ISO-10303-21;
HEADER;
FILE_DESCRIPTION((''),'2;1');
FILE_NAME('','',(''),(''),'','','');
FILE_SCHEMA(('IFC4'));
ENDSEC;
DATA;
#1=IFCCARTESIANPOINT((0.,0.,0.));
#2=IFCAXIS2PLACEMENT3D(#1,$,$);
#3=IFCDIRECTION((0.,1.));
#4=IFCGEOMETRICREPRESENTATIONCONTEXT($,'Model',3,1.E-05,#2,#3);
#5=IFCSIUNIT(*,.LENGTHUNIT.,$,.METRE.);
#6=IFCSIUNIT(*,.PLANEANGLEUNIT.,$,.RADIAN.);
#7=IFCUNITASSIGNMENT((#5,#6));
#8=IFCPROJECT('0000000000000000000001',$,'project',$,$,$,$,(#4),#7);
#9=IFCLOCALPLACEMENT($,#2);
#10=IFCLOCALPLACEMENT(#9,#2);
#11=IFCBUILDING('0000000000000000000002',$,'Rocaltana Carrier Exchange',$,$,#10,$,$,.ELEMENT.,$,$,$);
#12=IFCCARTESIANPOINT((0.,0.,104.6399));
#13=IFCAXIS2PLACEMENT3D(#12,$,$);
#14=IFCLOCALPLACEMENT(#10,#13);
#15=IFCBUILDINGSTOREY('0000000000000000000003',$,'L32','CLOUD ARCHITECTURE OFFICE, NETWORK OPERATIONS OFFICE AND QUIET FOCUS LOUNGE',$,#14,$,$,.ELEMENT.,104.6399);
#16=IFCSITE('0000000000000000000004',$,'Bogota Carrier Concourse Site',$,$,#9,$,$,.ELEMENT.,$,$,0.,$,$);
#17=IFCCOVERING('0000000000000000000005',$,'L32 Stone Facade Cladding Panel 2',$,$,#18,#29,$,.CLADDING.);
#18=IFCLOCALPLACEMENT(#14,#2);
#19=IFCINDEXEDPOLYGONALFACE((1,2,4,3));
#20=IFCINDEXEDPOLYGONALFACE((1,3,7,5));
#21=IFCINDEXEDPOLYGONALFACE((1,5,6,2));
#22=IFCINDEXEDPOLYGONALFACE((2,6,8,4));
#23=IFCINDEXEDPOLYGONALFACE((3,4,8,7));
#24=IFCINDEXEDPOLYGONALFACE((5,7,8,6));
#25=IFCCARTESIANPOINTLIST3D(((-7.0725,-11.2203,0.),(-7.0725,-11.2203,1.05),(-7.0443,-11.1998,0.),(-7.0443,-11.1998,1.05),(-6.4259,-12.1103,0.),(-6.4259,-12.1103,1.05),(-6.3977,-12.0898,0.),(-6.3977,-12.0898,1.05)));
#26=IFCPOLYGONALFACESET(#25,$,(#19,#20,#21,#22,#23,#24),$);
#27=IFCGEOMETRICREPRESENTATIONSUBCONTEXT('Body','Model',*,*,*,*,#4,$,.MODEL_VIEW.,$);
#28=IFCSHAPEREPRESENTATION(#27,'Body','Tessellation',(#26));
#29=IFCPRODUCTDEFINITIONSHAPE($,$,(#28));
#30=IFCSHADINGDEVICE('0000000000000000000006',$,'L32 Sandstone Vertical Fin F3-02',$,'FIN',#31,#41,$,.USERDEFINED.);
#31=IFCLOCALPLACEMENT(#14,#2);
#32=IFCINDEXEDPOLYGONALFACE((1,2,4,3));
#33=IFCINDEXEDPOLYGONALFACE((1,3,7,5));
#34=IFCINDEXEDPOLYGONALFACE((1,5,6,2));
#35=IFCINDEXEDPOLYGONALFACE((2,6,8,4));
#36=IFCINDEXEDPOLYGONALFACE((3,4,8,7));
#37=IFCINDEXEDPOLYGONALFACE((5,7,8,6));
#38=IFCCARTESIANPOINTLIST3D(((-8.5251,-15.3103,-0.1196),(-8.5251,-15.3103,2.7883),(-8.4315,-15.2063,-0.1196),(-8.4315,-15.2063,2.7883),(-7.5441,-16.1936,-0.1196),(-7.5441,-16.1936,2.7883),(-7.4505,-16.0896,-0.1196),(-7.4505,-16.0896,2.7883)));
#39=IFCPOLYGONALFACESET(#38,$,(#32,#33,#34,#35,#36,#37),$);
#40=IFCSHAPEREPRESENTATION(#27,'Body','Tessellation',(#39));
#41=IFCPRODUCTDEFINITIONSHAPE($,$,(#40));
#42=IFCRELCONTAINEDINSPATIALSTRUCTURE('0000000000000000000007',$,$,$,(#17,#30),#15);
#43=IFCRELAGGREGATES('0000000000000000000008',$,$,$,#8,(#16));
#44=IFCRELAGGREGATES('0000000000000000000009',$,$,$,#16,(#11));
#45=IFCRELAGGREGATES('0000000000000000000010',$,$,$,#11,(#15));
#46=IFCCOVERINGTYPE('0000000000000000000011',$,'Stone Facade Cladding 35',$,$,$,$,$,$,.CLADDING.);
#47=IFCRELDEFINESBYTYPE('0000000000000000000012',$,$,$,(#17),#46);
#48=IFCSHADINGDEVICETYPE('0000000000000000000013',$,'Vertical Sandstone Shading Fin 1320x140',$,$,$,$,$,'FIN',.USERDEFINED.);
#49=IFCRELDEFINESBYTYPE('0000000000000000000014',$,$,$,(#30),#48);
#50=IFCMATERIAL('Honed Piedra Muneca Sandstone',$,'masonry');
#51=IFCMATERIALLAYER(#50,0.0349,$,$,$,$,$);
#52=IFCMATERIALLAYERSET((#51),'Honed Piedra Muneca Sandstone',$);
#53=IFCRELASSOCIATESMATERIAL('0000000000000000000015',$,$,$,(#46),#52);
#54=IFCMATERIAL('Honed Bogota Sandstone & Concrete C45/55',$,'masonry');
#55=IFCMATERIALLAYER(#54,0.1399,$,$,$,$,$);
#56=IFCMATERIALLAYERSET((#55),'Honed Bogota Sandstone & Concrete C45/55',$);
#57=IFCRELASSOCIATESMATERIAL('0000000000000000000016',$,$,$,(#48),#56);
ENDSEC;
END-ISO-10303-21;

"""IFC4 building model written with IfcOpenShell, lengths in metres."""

from ifc_helpers import new_model, si_unit, direction, frame, origin, origin_2d, place, context, subcontext, project, spatial, rectangle, extrude, material, layer, layer_set, type_object, element, save


model = new_model("IFC4")

# Units and contexts
model_context = context("Model", 3, precision=1e-05, world=origin(), true_north=direction((0.0, 1.0)))
body_context = subcontext(model_context, "Body", "Model", "MODEL_VIEW")
ifc_project = project(units=[si_unit("LENGTHUNIT", "METRE"), si_unit("PLANEANGLEUNIT", "RADIAN")], contexts=[model_context])

# Site, building, storey
site_placement = place(None, origin())
site = spatial("IfcSite", under=ifc_project, at=site_placement, Name="Bogota Carrier Concourse Site", CompositionType="ELEMENT", RefElevation=0.0)
building_placement = place(site_placement, origin())
building = spatial("IfcBuilding", under=site, at=building_placement, Name="Rocaltana Carrier Exchange", CompositionType="ELEMENT")
storey_placement = place(building_placement, frame((0.0, 0.0, 104.6399)))
storey = spatial("IfcBuildingStorey", under=building, at=storey_placement, Name="L32", Description="CLOUD ARCHITECTURE OFFICE, NETWORK OPERATIONS OFFICE AND QUIET FOCUS LOUNGE", CompositionType="ELEMENT", Elevation=104.6399)

# Covering
ifc_material_1 = material(Name="Honed Piedra Muneca Sandstone", Category="masonry")
ifc_layer_1 = layer(ifc_material_1, 0.0349)
ifc_layer_set_1 = layer_set([ifc_layer_1], Name="Honed Piedra Muneca Sandstone")
covering_type = type_object("IfcCoveringType", Name="Stone Facade Cladding 35", PredefinedType="CLADDING", material=ifc_layer_set_1)
covering_placement = place(storey_placement, frame((-6.7351, -11.655, 0.0), z_axis=(0.0, 0.0, 1.0), x_axis=(-0.587785, 0.809017, 0.0)))
element("IfcCovering", 1, at=covering_placement, inside=storey, type_object=covering_type, Name="L32 Stone Facade Cladding Panel 2", PredefinedType="CLADDING", context=body_context, shape_type="SweptSolid", body=[
    extrude(rectangle(XDim=1.1001, YDim=0.0349, at=origin_2d()), origin(), (0.0, 0.0, 1.0), 1.05),
])

# Shading device
ifc_material_2 = material(Name="Honed Bogota Sandstone & Concrete C45/55", Category="masonry")
ifc_layer_2 = layer(ifc_material_2, 0.1399)
ifc_layer_set_2 = layer_set([ifc_layer_2], Name="Honed Bogota Sandstone & Concrete C45/55")
shading_device_type = type_object("IfcShadingDeviceType", Name="Vertical Sandstone Shading Fin 1320x140", ElementType="FIN", PredefinedType="USERDEFINED", material=ifc_layer_set_2)
shading_device_placement = place(storey_placement, frame((-7.9878, -15.7, -0.1196), z_axis=(0.0, 0.0, 1.0), x_axis=(0.743145, -0.669131, 0.0)))
element("IfcShadingDevice", 2, at=shading_device_placement, inside=storey, type_object=shading_device_type, Name="L32 Sandstone Vertical Fin F3-02", ObjectType="FIN", PredefinedType="USERDEFINED", context=body_context, shape_type="SweptSolid", body=[
    extrude(rectangle(XDim=1.3201, YDim=0.1399, at=origin_2d()), origin(), (0.0, 0.0, 1.0), 2.908),
])

save(model, "model.ifc")
